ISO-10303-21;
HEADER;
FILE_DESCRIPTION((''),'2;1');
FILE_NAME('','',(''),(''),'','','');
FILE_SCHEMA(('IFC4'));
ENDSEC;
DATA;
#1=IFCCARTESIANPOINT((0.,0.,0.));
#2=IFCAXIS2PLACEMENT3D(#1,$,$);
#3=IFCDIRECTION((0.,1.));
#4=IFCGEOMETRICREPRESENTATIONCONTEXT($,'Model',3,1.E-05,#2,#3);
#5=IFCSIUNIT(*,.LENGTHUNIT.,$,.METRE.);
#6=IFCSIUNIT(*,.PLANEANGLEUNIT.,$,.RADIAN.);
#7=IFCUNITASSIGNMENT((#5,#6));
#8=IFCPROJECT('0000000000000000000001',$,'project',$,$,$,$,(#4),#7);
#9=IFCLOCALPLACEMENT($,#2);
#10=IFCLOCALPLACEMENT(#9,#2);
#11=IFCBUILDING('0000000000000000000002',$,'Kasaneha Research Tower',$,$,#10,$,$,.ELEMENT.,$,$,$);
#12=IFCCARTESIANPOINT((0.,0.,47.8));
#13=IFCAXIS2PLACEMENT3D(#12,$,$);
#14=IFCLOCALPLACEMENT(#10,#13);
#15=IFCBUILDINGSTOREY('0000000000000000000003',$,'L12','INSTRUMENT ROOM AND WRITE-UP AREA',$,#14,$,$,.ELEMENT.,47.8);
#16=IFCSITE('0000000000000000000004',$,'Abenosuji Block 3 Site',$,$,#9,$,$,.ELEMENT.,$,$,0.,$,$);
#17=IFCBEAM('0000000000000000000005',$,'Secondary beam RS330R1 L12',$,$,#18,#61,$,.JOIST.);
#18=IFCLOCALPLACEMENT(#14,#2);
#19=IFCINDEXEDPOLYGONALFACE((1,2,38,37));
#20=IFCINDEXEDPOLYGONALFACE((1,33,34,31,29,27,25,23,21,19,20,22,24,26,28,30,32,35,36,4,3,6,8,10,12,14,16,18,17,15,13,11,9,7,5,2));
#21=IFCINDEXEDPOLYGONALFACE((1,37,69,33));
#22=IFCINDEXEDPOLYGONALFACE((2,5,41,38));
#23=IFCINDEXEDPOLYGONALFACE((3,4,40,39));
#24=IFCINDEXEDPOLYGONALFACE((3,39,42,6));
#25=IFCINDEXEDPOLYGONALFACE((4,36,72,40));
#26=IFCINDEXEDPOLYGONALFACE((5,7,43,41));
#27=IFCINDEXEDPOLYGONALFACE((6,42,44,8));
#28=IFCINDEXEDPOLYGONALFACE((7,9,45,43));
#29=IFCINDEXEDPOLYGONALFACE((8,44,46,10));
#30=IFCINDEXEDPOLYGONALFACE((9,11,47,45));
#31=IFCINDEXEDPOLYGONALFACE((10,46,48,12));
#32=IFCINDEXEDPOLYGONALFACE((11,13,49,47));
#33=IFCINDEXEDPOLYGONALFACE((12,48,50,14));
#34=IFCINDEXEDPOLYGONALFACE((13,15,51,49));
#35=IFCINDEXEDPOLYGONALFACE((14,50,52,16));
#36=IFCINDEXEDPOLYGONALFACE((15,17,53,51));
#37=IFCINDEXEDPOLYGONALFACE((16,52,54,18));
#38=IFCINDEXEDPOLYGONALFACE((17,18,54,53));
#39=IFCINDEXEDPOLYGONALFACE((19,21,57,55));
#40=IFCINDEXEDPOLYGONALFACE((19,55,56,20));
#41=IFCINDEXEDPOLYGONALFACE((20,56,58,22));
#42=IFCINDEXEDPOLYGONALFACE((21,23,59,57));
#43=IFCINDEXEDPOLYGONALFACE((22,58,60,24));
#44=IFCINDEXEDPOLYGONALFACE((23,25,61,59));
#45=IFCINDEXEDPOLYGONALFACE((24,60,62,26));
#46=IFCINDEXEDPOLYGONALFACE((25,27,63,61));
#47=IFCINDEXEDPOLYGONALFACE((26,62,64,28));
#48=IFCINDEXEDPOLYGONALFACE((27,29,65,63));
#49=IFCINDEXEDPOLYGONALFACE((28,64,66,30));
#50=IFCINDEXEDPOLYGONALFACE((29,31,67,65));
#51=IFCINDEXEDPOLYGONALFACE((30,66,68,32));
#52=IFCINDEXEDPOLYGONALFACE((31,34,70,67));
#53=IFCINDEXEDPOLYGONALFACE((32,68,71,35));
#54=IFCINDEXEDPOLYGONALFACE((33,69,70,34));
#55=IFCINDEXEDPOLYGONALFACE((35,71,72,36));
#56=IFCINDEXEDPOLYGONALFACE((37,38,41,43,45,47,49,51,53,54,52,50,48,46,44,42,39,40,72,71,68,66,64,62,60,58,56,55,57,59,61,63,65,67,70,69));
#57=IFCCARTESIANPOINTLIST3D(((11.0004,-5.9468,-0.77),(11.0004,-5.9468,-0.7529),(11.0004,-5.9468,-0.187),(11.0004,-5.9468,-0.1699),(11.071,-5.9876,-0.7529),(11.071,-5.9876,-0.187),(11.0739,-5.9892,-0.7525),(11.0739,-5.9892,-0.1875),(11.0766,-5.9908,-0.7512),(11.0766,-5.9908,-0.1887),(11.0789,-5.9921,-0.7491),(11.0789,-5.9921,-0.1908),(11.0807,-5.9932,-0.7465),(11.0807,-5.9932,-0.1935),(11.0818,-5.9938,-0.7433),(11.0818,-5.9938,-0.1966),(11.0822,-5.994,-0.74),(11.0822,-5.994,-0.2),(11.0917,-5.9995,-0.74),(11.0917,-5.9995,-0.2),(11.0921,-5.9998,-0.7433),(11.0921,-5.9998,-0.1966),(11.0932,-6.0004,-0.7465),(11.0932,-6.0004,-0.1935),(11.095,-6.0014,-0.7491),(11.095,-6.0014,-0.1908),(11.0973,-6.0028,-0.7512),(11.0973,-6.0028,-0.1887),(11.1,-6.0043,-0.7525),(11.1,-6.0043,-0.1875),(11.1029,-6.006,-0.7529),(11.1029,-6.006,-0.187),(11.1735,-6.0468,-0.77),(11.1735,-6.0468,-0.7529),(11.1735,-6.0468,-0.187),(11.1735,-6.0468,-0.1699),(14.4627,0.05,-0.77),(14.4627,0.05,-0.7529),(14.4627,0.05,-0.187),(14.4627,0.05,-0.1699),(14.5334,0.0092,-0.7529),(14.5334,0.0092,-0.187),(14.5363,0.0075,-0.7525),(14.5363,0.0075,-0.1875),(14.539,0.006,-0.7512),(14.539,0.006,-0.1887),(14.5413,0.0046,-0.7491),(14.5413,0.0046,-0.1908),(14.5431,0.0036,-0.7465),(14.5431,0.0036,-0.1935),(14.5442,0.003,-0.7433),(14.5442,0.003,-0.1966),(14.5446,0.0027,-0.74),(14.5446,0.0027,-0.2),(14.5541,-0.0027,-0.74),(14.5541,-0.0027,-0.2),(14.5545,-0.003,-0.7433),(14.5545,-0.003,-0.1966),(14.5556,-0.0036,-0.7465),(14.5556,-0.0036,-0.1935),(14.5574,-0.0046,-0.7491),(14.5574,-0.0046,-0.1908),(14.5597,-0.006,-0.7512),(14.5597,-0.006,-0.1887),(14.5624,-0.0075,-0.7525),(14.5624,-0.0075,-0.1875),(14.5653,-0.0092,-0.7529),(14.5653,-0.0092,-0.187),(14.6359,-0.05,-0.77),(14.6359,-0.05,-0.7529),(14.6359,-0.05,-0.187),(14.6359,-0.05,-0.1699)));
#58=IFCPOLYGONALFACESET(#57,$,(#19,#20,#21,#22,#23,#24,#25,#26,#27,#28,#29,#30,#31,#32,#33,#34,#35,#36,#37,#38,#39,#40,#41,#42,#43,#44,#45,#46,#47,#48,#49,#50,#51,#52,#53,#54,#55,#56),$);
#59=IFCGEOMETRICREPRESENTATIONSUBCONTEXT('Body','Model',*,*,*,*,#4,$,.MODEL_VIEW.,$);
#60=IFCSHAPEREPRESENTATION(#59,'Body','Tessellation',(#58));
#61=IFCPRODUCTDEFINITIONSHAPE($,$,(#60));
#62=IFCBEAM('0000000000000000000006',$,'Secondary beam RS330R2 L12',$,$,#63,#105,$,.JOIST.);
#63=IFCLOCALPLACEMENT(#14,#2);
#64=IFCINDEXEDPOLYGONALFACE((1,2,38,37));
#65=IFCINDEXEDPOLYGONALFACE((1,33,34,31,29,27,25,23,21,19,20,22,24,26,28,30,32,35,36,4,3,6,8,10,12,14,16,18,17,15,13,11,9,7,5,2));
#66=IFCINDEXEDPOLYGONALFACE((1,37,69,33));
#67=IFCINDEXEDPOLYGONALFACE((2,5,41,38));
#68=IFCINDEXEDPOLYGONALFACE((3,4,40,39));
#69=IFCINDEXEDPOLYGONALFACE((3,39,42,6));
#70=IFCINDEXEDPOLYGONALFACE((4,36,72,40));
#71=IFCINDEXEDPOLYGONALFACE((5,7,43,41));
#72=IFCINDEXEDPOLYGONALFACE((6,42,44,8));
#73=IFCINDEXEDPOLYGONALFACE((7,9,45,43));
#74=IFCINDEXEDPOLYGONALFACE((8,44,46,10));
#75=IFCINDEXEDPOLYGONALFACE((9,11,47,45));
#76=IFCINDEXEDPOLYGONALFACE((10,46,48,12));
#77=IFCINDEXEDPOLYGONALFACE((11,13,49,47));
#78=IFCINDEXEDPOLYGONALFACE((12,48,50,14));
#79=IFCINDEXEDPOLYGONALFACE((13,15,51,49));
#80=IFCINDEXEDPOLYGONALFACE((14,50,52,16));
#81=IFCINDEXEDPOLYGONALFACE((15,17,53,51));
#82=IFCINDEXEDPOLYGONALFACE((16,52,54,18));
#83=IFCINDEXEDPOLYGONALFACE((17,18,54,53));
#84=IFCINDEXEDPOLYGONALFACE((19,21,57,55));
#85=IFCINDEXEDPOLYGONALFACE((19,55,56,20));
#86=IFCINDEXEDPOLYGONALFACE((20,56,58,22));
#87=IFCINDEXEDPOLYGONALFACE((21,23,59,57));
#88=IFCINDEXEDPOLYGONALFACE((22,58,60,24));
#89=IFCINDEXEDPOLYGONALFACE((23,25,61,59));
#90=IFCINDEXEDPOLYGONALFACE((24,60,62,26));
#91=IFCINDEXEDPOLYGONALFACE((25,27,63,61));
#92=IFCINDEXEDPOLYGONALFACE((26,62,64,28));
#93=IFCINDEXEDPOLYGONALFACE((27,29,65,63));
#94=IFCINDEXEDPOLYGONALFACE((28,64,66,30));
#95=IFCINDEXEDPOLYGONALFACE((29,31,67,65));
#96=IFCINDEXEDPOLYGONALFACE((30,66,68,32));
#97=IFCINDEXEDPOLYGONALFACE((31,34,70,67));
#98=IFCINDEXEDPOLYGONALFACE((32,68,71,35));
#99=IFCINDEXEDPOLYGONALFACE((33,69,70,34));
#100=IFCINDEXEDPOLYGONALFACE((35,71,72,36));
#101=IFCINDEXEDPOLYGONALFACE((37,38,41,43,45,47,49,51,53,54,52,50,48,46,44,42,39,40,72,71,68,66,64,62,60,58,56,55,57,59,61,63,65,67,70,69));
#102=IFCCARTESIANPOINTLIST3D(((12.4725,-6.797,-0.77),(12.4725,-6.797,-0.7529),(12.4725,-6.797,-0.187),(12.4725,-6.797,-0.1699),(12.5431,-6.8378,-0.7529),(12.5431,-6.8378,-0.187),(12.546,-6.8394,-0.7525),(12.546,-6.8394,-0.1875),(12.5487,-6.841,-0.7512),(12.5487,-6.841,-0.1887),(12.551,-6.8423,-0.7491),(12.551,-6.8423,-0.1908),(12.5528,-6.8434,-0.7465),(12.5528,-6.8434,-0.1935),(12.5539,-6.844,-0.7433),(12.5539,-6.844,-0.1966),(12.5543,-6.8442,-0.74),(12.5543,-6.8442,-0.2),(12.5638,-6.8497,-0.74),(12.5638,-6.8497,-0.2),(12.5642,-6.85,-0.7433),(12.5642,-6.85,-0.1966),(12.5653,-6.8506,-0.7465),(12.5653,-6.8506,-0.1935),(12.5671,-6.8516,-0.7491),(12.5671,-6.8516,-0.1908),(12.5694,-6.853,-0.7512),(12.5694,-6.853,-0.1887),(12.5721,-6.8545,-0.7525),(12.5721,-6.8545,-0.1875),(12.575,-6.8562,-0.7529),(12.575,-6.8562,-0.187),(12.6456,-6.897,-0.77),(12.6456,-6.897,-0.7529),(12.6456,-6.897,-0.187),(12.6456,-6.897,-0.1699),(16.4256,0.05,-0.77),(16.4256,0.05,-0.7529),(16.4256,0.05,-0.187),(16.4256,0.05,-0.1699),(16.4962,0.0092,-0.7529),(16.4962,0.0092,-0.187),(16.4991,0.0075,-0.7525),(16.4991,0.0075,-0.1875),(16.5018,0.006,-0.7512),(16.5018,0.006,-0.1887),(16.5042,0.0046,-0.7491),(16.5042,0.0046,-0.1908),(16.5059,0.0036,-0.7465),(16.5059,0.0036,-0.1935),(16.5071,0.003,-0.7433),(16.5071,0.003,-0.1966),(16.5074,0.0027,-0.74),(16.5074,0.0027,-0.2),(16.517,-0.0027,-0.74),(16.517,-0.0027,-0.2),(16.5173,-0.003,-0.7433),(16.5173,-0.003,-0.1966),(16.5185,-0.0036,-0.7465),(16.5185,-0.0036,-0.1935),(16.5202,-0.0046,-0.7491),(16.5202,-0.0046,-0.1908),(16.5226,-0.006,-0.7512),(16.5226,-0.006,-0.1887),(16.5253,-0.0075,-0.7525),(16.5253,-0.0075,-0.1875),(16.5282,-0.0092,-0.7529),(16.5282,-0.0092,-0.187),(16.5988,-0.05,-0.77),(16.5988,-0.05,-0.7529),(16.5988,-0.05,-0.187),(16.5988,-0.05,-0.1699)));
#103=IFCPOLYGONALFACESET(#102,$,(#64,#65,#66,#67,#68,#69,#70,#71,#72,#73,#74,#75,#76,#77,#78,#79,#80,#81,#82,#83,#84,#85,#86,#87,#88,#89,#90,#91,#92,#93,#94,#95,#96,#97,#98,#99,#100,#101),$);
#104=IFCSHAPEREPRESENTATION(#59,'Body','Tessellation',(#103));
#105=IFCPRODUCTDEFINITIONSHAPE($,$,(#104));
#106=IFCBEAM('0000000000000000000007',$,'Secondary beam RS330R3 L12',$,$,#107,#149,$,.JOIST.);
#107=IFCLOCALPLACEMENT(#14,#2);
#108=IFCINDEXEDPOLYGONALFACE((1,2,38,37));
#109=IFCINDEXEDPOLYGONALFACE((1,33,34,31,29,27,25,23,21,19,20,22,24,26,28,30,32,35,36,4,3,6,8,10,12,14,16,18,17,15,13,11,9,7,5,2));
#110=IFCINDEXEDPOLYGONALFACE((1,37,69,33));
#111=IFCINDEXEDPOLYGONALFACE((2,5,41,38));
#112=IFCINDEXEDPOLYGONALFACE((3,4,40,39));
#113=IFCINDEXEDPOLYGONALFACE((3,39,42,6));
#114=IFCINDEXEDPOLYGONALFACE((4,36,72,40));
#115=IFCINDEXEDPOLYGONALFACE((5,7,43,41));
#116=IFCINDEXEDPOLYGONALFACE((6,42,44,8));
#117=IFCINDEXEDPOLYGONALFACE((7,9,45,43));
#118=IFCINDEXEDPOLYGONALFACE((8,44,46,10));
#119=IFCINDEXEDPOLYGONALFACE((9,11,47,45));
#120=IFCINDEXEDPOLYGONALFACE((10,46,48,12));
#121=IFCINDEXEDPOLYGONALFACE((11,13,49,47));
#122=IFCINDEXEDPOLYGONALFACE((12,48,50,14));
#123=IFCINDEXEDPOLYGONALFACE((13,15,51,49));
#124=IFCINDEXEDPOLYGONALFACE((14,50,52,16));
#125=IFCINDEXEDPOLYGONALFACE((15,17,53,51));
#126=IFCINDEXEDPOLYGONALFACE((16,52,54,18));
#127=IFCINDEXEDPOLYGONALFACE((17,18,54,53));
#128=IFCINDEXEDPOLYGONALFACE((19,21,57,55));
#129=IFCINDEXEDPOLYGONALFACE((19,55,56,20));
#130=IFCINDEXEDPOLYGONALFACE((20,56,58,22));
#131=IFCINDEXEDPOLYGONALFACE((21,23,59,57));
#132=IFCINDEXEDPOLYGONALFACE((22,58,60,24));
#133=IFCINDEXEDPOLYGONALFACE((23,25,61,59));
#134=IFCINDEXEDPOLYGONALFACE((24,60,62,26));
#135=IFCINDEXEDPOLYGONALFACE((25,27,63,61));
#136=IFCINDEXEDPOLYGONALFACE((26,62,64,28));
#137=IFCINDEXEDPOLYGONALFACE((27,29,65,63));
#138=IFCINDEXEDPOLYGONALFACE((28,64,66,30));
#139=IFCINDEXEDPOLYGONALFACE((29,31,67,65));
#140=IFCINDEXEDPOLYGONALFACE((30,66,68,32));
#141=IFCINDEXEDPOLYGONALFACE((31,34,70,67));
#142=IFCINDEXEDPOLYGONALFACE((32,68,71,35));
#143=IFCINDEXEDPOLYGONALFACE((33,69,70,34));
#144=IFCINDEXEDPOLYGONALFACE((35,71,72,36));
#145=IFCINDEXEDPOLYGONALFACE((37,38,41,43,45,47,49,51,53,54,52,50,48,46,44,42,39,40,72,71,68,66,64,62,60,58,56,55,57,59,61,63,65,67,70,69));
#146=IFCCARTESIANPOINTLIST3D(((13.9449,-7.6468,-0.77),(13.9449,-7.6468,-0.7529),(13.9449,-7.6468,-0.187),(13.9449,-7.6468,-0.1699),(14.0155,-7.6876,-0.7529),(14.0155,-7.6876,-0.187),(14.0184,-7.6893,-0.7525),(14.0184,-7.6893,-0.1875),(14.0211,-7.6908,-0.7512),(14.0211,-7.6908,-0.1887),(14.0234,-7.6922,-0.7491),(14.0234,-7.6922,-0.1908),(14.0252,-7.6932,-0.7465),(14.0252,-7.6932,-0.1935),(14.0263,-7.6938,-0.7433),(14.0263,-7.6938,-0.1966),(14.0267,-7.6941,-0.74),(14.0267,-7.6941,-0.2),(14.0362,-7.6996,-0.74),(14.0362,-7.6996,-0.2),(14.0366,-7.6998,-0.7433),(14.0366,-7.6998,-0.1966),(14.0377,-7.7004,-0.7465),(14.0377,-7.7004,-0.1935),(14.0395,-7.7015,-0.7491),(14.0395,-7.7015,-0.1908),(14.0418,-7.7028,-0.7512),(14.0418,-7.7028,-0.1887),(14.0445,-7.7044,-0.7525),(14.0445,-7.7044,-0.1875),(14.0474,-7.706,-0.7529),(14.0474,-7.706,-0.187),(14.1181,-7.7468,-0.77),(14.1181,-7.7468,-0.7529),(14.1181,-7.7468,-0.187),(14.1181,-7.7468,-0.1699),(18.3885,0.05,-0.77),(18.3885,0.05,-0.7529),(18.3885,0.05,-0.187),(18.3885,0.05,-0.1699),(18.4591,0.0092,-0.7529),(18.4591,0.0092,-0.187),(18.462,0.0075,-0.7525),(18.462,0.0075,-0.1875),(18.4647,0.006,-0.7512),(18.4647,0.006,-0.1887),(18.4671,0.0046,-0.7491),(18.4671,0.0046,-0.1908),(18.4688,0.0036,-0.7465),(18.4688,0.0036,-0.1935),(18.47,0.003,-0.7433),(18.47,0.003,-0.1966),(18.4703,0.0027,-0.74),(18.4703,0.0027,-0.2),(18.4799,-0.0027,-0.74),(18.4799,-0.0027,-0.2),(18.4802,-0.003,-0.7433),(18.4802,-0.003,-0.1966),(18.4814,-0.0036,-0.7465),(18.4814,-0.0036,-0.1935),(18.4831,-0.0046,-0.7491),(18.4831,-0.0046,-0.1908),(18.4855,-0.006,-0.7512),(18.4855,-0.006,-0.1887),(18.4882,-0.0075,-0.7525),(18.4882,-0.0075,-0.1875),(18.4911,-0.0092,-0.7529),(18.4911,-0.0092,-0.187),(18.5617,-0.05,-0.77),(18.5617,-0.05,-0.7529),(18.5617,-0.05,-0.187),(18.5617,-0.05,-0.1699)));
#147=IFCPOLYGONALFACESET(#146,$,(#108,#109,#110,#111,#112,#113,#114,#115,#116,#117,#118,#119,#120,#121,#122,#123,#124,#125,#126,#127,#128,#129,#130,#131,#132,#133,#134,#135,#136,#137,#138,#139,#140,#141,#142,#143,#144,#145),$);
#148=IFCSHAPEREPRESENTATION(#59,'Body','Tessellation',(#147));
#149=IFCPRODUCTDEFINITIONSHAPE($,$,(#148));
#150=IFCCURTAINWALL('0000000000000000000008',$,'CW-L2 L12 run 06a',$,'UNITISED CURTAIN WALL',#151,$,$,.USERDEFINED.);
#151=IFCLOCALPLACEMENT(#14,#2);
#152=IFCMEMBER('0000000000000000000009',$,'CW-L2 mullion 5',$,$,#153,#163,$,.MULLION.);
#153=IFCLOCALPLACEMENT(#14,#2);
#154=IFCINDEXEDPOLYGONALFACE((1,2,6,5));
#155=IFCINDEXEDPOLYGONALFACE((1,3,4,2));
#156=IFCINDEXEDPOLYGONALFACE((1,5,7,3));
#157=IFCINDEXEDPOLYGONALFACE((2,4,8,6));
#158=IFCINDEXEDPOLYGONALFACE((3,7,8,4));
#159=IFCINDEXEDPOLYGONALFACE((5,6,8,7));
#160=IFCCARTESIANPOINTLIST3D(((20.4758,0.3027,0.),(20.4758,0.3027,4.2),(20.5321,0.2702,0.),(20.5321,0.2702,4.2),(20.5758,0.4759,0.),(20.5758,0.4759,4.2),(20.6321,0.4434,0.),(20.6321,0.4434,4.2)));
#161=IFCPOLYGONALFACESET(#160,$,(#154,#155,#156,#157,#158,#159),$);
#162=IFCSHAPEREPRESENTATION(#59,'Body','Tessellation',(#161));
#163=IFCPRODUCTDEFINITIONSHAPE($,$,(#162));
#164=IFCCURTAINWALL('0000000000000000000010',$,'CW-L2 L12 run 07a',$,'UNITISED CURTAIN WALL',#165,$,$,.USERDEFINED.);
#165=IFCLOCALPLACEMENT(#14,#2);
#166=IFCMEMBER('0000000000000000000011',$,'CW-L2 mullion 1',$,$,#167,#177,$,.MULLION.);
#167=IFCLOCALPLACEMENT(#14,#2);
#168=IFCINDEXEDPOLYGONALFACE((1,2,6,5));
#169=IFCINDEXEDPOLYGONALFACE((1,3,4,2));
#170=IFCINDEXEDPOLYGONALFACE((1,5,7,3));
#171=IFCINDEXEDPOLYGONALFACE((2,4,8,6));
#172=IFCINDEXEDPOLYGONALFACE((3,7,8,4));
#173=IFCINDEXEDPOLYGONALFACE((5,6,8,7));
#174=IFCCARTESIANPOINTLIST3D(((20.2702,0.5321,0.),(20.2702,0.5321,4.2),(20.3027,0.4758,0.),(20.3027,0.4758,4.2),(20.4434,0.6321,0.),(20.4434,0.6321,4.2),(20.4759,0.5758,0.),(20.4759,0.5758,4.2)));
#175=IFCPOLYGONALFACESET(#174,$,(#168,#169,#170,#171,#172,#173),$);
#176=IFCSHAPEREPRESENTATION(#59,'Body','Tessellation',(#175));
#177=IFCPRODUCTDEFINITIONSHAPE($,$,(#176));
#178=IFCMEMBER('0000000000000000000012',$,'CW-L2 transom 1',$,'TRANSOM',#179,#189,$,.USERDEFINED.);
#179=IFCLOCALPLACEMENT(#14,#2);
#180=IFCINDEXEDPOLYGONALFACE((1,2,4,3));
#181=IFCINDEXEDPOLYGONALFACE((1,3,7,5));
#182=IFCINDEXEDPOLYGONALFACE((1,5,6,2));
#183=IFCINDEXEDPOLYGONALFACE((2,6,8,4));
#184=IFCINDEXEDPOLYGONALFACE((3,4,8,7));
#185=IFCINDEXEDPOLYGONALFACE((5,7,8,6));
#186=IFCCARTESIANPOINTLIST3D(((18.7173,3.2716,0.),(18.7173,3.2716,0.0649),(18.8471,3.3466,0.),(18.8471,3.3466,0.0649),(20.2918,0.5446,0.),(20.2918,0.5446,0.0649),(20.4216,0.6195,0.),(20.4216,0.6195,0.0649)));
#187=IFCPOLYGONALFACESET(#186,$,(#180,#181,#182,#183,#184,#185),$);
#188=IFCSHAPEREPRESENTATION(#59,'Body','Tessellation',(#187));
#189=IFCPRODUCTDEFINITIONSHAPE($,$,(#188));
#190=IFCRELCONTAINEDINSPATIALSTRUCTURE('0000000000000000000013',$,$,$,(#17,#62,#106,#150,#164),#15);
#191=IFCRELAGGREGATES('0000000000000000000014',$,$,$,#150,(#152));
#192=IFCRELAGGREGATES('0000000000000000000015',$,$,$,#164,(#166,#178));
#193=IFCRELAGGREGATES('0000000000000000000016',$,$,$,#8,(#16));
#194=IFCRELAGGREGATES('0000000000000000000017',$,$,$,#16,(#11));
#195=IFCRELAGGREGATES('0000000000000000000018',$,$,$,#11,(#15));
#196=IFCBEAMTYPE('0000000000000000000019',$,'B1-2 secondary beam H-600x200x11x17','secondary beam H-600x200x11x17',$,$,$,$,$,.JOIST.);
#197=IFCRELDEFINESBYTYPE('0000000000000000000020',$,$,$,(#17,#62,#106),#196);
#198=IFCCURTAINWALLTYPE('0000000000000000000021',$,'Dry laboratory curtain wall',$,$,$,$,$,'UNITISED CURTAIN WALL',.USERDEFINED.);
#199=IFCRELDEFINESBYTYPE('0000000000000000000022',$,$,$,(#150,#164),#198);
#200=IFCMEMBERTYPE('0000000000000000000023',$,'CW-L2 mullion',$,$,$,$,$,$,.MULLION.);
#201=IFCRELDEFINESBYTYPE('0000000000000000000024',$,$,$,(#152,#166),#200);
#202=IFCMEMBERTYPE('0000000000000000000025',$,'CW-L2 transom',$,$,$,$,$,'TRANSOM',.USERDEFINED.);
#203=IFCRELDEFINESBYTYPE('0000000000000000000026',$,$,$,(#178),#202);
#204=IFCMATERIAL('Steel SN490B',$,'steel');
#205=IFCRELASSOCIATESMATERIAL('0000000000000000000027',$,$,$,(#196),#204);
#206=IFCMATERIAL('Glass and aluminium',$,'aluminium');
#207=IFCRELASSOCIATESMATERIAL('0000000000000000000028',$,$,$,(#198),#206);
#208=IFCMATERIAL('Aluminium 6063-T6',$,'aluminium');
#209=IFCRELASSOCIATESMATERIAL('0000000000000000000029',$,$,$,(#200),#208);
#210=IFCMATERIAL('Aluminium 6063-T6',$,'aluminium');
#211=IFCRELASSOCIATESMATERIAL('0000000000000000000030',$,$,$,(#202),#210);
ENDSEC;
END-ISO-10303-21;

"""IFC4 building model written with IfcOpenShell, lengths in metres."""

from ifc_helpers import new_model, si_unit, direction, frame, origin, origin_2d, place, context, subcontext, project, spatial, rectangle, i_section, extrude, material, material_profile, profile_set, type_object, element, aggregate, save


model = new_model("IFC4")

# Units and contexts
model_context = context("Model", 3, precision=1e-05, world=origin(), true_north=direction((0.0, 1.0)))
body_context = subcontext(model_context, "Body", "Model", "MODEL_VIEW")
ifc_project = project(units=[si_unit("LENGTHUNIT", "METRE"), si_unit("PLANEANGLEUNIT", "RADIAN")], contexts=[model_context])

# Site, building, storey
site_placement = place(None, origin())
site = spatial("IfcSite", under=ifc_project, at=site_placement, Name="Abenosuji Block 3 Site", CompositionType="ELEMENT", RefElevation=0.0)
building_placement = place(site_placement, origin())
building = spatial("IfcBuilding", under=site, at=building_placement, Name="Kasaneha Research Tower", CompositionType="ELEMENT")
storey_placement = place(building_placement, frame((0.0, 0.0, 47.8)))
storey = spatial("IfcBuildingStorey", under=building, at=storey_placement, Name="L12", Description="INSTRUMENT ROOM AND WRITE-UP AREA", CompositionType="ELEMENT", Elevation=47.8)

# Beams
ifc_material_1 = material(Name="Steel SN490B", Category="steel")
ifc_material_profile_1 = material_profile(ifc_material_1, i_section(OverallWidth=0.2, OverallDepth=0.6001, WebThickness=0.011, FlangeThickness=0.0171, FilletRadius=0.0129, at=origin_2d()), Name="H-600x200x11x17")
ifc_profile_set_1 = profile_set([ifc_material_profile_1], Name="Steel SN490B")
beam_type_1 = type_object("IfcBeamType", Name="B1-2 secondary beam H-600x200x11x17", Description="secondary beam H-600x200x11x17", PredefinedType="JOIST", material=ifc_profile_set_1)
beam_1_placement = place(storey_placement, frame((14.5493, 0.0, -0.47), z_axis=(-0.500014, -0.866017, 0.0), x_axis=(0.866017, -0.500014, 0.0)))
element("IfcBeam", 1, at=beam_1_placement, inside=storey, type_object=beam_type_1, Name="Secondary beam RS330R1 L12", PredefinedType="JOIST", context=body_context, shape_type="SweptSolid", body=[
    extrude(i_section(OverallWidth=0.2, OverallDepth=0.6001, WebThickness=0.011, FlangeThickness=0.0171, FilletRadius=0.0129, at=origin_2d()), origin(), (0.0, 0.0, 1.0), 6.9246),
])
beam_2_placement = place(storey_placement, frame((16.5122, 0.0, -0.47), z_axis=(-0.500005, -0.866023, 0.0), x_axis=(0.866023, -0.500005, 0.0)))
element("IfcBeam", 2, at=beam_2_placement, inside=storey, type_object=beam_type_1, Name="Secondary beam RS330R2 L12", PredefinedType="JOIST", context=body_context, shape_type="SweptSolid", body=[
    extrude(i_section(OverallWidth=0.2, OverallDepth=0.6001, WebThickness=0.011, FlangeThickness=0.0171, FilletRadius=0.0129, at=origin_2d()), origin(), (0.0, 0.0, 1.0), 7.9062),
])
beam_3_placement = place(storey_placement, frame((18.4751, 0.0, -0.47), z_axis=(-0.499989, -0.866032, 0.0), x_axis=(0.866032, -0.499989, 0.0)))
element("IfcBeam", 3, at=beam_3_placement, inside=storey, type_object=beam_type_1, Name="Secondary beam RS330R3 L12", PredefinedType="JOIST", context=body_context, shape_type="SweptSolid", body=[
    extrude(i_section(OverallWidth=0.2, OverallDepth=0.6001, WebThickness=0.011, FlangeThickness=0.0171, FilletRadius=0.0129, at=origin_2d()), origin(), (0.0, 0.0, 1.0), 8.8875),
])

# Curtain wall, member
ifc_material_2 = material(Name="Glass and aluminium", Category="aluminium")
curtain_wall_type = type_object("IfcCurtainWallType", Name="Dry laboratory curtain wall", ElementType="UNITISED CURTAIN WALL", PredefinedType="USERDEFINED", material=ifc_material_2)
curtain_wall_1_placement = place(storey_placement, origin())
curtain_wall_1 = element("IfcCurtainWall", 4, at=curtain_wall_1_placement, inside=storey, type_object=curtain_wall_type, Name="CW-L2 L12 run 06a", ObjectType="UNITISED CURTAIN WALL", PredefinedType="USERDEFINED")
ifc_material_3 = material(Name="Aluminium 6063-T6", Category="aluminium")
ifc_material_profile_2 = material_profile(ifc_material_3, rectangle(XDim=0.0649, YDim=0.2, at=origin_2d()), Name="CW-L2 mullion 65x200")
ifc_profile_set_2 = profile_set([ifc_material_profile_2], Name="Aluminium 6063-T6")
member_type_1 = type_object("IfcMemberType", Name="CW-L2 mullion", PredefinedType="MULLION", material=ifc_profile_set_2)
member_1_placement = place(storey_placement, frame((20.554, 0.373, 0.0), z_axis=(0.0, 0.0, 1.0), x_axis=(-0.866025, 0.5, 0.0)))
member_1 = element("IfcMember", 5, at=member_1_placement, type_object=member_type_1, Name="CW-L2 mullion 5", PredefinedType="MULLION", context=body_context, shape_type="SweptSolid", body=[
    extrude(rectangle(XDim=0.0649, YDim=0.2, at=origin_2d()), origin(), (0.0, 0.0, 1.0), 4.2),
])
aggregate(curtain_wall_1, [member_1])

# Curtain wall, members
curtain_wall_2_placement = place(storey_placement, origin())
curtain_wall_2 = element("IfcCurtainWall", 6, at=curtain_wall_2_placement, inside=storey, type_object=curtain_wall_type, Name="CW-L2 L12 run 07a", ObjectType="UNITISED CURTAIN WALL", PredefinedType="USERDEFINED")
member_2_placement = place(storey_placement, frame((20.373, 0.554, 0.0), z_axis=(0.0, 0.0, 1.0), x_axis=(-0.5, 0.866025, 0.0)))
member_2 = element("IfcMember", 7, at=member_2_placement, type_object=member_type_1, Name="CW-L2 mullion 1", PredefinedType="MULLION", context=body_context, shape_type="SweptSolid", body=[
    extrude(rectangle(XDim=0.0649, YDim=0.2, at=origin_2d()), origin(), (0.0, 0.0, 1.0), 4.2),
])
ifc_material_4 = material(Name="Aluminium 6063-T6", Category="aluminium")
ifc_material_profile_3 = material_profile(ifc_material_4, rectangle(XDim=0.1499, YDim=0.0649, at=origin_2d()), Name="CW-L2 transom 150x65")
ifc_profile_set_3 = profile_set([ifc_material_profile_3], Name="Aluminium 6063-T6")
member_type_2 = type_object("IfcMemberType", Name="CW-L2 transom", ElementType="TRANSOM", PredefinedType="USERDEFINED", material=ifc_profile_set_3)
member_3_placement = place(storey_placement, frame((20.3567, 0.582, 0.0325), z_axis=(-0.5, 0.866025, 0.0), x_axis=(-0.866025, -0.5, 0.0)))
member_3 = element("IfcMember", 8, at=member_3_placement, type_object=member_type_2, Name="CW-L2 transom 1", ObjectType="TRANSOM", PredefinedType="USERDEFINED", context=body_context, shape_type="SweptSolid", body=[
    extrude(rectangle(XDim=0.1499, YDim=0.0649, at=origin_2d()), origin(), (0.0, 0.0, 1.0), 3.1489),
])
aggregate(curtain_wall_2, [member_2, member_3])

save(model, "model.ifc")
